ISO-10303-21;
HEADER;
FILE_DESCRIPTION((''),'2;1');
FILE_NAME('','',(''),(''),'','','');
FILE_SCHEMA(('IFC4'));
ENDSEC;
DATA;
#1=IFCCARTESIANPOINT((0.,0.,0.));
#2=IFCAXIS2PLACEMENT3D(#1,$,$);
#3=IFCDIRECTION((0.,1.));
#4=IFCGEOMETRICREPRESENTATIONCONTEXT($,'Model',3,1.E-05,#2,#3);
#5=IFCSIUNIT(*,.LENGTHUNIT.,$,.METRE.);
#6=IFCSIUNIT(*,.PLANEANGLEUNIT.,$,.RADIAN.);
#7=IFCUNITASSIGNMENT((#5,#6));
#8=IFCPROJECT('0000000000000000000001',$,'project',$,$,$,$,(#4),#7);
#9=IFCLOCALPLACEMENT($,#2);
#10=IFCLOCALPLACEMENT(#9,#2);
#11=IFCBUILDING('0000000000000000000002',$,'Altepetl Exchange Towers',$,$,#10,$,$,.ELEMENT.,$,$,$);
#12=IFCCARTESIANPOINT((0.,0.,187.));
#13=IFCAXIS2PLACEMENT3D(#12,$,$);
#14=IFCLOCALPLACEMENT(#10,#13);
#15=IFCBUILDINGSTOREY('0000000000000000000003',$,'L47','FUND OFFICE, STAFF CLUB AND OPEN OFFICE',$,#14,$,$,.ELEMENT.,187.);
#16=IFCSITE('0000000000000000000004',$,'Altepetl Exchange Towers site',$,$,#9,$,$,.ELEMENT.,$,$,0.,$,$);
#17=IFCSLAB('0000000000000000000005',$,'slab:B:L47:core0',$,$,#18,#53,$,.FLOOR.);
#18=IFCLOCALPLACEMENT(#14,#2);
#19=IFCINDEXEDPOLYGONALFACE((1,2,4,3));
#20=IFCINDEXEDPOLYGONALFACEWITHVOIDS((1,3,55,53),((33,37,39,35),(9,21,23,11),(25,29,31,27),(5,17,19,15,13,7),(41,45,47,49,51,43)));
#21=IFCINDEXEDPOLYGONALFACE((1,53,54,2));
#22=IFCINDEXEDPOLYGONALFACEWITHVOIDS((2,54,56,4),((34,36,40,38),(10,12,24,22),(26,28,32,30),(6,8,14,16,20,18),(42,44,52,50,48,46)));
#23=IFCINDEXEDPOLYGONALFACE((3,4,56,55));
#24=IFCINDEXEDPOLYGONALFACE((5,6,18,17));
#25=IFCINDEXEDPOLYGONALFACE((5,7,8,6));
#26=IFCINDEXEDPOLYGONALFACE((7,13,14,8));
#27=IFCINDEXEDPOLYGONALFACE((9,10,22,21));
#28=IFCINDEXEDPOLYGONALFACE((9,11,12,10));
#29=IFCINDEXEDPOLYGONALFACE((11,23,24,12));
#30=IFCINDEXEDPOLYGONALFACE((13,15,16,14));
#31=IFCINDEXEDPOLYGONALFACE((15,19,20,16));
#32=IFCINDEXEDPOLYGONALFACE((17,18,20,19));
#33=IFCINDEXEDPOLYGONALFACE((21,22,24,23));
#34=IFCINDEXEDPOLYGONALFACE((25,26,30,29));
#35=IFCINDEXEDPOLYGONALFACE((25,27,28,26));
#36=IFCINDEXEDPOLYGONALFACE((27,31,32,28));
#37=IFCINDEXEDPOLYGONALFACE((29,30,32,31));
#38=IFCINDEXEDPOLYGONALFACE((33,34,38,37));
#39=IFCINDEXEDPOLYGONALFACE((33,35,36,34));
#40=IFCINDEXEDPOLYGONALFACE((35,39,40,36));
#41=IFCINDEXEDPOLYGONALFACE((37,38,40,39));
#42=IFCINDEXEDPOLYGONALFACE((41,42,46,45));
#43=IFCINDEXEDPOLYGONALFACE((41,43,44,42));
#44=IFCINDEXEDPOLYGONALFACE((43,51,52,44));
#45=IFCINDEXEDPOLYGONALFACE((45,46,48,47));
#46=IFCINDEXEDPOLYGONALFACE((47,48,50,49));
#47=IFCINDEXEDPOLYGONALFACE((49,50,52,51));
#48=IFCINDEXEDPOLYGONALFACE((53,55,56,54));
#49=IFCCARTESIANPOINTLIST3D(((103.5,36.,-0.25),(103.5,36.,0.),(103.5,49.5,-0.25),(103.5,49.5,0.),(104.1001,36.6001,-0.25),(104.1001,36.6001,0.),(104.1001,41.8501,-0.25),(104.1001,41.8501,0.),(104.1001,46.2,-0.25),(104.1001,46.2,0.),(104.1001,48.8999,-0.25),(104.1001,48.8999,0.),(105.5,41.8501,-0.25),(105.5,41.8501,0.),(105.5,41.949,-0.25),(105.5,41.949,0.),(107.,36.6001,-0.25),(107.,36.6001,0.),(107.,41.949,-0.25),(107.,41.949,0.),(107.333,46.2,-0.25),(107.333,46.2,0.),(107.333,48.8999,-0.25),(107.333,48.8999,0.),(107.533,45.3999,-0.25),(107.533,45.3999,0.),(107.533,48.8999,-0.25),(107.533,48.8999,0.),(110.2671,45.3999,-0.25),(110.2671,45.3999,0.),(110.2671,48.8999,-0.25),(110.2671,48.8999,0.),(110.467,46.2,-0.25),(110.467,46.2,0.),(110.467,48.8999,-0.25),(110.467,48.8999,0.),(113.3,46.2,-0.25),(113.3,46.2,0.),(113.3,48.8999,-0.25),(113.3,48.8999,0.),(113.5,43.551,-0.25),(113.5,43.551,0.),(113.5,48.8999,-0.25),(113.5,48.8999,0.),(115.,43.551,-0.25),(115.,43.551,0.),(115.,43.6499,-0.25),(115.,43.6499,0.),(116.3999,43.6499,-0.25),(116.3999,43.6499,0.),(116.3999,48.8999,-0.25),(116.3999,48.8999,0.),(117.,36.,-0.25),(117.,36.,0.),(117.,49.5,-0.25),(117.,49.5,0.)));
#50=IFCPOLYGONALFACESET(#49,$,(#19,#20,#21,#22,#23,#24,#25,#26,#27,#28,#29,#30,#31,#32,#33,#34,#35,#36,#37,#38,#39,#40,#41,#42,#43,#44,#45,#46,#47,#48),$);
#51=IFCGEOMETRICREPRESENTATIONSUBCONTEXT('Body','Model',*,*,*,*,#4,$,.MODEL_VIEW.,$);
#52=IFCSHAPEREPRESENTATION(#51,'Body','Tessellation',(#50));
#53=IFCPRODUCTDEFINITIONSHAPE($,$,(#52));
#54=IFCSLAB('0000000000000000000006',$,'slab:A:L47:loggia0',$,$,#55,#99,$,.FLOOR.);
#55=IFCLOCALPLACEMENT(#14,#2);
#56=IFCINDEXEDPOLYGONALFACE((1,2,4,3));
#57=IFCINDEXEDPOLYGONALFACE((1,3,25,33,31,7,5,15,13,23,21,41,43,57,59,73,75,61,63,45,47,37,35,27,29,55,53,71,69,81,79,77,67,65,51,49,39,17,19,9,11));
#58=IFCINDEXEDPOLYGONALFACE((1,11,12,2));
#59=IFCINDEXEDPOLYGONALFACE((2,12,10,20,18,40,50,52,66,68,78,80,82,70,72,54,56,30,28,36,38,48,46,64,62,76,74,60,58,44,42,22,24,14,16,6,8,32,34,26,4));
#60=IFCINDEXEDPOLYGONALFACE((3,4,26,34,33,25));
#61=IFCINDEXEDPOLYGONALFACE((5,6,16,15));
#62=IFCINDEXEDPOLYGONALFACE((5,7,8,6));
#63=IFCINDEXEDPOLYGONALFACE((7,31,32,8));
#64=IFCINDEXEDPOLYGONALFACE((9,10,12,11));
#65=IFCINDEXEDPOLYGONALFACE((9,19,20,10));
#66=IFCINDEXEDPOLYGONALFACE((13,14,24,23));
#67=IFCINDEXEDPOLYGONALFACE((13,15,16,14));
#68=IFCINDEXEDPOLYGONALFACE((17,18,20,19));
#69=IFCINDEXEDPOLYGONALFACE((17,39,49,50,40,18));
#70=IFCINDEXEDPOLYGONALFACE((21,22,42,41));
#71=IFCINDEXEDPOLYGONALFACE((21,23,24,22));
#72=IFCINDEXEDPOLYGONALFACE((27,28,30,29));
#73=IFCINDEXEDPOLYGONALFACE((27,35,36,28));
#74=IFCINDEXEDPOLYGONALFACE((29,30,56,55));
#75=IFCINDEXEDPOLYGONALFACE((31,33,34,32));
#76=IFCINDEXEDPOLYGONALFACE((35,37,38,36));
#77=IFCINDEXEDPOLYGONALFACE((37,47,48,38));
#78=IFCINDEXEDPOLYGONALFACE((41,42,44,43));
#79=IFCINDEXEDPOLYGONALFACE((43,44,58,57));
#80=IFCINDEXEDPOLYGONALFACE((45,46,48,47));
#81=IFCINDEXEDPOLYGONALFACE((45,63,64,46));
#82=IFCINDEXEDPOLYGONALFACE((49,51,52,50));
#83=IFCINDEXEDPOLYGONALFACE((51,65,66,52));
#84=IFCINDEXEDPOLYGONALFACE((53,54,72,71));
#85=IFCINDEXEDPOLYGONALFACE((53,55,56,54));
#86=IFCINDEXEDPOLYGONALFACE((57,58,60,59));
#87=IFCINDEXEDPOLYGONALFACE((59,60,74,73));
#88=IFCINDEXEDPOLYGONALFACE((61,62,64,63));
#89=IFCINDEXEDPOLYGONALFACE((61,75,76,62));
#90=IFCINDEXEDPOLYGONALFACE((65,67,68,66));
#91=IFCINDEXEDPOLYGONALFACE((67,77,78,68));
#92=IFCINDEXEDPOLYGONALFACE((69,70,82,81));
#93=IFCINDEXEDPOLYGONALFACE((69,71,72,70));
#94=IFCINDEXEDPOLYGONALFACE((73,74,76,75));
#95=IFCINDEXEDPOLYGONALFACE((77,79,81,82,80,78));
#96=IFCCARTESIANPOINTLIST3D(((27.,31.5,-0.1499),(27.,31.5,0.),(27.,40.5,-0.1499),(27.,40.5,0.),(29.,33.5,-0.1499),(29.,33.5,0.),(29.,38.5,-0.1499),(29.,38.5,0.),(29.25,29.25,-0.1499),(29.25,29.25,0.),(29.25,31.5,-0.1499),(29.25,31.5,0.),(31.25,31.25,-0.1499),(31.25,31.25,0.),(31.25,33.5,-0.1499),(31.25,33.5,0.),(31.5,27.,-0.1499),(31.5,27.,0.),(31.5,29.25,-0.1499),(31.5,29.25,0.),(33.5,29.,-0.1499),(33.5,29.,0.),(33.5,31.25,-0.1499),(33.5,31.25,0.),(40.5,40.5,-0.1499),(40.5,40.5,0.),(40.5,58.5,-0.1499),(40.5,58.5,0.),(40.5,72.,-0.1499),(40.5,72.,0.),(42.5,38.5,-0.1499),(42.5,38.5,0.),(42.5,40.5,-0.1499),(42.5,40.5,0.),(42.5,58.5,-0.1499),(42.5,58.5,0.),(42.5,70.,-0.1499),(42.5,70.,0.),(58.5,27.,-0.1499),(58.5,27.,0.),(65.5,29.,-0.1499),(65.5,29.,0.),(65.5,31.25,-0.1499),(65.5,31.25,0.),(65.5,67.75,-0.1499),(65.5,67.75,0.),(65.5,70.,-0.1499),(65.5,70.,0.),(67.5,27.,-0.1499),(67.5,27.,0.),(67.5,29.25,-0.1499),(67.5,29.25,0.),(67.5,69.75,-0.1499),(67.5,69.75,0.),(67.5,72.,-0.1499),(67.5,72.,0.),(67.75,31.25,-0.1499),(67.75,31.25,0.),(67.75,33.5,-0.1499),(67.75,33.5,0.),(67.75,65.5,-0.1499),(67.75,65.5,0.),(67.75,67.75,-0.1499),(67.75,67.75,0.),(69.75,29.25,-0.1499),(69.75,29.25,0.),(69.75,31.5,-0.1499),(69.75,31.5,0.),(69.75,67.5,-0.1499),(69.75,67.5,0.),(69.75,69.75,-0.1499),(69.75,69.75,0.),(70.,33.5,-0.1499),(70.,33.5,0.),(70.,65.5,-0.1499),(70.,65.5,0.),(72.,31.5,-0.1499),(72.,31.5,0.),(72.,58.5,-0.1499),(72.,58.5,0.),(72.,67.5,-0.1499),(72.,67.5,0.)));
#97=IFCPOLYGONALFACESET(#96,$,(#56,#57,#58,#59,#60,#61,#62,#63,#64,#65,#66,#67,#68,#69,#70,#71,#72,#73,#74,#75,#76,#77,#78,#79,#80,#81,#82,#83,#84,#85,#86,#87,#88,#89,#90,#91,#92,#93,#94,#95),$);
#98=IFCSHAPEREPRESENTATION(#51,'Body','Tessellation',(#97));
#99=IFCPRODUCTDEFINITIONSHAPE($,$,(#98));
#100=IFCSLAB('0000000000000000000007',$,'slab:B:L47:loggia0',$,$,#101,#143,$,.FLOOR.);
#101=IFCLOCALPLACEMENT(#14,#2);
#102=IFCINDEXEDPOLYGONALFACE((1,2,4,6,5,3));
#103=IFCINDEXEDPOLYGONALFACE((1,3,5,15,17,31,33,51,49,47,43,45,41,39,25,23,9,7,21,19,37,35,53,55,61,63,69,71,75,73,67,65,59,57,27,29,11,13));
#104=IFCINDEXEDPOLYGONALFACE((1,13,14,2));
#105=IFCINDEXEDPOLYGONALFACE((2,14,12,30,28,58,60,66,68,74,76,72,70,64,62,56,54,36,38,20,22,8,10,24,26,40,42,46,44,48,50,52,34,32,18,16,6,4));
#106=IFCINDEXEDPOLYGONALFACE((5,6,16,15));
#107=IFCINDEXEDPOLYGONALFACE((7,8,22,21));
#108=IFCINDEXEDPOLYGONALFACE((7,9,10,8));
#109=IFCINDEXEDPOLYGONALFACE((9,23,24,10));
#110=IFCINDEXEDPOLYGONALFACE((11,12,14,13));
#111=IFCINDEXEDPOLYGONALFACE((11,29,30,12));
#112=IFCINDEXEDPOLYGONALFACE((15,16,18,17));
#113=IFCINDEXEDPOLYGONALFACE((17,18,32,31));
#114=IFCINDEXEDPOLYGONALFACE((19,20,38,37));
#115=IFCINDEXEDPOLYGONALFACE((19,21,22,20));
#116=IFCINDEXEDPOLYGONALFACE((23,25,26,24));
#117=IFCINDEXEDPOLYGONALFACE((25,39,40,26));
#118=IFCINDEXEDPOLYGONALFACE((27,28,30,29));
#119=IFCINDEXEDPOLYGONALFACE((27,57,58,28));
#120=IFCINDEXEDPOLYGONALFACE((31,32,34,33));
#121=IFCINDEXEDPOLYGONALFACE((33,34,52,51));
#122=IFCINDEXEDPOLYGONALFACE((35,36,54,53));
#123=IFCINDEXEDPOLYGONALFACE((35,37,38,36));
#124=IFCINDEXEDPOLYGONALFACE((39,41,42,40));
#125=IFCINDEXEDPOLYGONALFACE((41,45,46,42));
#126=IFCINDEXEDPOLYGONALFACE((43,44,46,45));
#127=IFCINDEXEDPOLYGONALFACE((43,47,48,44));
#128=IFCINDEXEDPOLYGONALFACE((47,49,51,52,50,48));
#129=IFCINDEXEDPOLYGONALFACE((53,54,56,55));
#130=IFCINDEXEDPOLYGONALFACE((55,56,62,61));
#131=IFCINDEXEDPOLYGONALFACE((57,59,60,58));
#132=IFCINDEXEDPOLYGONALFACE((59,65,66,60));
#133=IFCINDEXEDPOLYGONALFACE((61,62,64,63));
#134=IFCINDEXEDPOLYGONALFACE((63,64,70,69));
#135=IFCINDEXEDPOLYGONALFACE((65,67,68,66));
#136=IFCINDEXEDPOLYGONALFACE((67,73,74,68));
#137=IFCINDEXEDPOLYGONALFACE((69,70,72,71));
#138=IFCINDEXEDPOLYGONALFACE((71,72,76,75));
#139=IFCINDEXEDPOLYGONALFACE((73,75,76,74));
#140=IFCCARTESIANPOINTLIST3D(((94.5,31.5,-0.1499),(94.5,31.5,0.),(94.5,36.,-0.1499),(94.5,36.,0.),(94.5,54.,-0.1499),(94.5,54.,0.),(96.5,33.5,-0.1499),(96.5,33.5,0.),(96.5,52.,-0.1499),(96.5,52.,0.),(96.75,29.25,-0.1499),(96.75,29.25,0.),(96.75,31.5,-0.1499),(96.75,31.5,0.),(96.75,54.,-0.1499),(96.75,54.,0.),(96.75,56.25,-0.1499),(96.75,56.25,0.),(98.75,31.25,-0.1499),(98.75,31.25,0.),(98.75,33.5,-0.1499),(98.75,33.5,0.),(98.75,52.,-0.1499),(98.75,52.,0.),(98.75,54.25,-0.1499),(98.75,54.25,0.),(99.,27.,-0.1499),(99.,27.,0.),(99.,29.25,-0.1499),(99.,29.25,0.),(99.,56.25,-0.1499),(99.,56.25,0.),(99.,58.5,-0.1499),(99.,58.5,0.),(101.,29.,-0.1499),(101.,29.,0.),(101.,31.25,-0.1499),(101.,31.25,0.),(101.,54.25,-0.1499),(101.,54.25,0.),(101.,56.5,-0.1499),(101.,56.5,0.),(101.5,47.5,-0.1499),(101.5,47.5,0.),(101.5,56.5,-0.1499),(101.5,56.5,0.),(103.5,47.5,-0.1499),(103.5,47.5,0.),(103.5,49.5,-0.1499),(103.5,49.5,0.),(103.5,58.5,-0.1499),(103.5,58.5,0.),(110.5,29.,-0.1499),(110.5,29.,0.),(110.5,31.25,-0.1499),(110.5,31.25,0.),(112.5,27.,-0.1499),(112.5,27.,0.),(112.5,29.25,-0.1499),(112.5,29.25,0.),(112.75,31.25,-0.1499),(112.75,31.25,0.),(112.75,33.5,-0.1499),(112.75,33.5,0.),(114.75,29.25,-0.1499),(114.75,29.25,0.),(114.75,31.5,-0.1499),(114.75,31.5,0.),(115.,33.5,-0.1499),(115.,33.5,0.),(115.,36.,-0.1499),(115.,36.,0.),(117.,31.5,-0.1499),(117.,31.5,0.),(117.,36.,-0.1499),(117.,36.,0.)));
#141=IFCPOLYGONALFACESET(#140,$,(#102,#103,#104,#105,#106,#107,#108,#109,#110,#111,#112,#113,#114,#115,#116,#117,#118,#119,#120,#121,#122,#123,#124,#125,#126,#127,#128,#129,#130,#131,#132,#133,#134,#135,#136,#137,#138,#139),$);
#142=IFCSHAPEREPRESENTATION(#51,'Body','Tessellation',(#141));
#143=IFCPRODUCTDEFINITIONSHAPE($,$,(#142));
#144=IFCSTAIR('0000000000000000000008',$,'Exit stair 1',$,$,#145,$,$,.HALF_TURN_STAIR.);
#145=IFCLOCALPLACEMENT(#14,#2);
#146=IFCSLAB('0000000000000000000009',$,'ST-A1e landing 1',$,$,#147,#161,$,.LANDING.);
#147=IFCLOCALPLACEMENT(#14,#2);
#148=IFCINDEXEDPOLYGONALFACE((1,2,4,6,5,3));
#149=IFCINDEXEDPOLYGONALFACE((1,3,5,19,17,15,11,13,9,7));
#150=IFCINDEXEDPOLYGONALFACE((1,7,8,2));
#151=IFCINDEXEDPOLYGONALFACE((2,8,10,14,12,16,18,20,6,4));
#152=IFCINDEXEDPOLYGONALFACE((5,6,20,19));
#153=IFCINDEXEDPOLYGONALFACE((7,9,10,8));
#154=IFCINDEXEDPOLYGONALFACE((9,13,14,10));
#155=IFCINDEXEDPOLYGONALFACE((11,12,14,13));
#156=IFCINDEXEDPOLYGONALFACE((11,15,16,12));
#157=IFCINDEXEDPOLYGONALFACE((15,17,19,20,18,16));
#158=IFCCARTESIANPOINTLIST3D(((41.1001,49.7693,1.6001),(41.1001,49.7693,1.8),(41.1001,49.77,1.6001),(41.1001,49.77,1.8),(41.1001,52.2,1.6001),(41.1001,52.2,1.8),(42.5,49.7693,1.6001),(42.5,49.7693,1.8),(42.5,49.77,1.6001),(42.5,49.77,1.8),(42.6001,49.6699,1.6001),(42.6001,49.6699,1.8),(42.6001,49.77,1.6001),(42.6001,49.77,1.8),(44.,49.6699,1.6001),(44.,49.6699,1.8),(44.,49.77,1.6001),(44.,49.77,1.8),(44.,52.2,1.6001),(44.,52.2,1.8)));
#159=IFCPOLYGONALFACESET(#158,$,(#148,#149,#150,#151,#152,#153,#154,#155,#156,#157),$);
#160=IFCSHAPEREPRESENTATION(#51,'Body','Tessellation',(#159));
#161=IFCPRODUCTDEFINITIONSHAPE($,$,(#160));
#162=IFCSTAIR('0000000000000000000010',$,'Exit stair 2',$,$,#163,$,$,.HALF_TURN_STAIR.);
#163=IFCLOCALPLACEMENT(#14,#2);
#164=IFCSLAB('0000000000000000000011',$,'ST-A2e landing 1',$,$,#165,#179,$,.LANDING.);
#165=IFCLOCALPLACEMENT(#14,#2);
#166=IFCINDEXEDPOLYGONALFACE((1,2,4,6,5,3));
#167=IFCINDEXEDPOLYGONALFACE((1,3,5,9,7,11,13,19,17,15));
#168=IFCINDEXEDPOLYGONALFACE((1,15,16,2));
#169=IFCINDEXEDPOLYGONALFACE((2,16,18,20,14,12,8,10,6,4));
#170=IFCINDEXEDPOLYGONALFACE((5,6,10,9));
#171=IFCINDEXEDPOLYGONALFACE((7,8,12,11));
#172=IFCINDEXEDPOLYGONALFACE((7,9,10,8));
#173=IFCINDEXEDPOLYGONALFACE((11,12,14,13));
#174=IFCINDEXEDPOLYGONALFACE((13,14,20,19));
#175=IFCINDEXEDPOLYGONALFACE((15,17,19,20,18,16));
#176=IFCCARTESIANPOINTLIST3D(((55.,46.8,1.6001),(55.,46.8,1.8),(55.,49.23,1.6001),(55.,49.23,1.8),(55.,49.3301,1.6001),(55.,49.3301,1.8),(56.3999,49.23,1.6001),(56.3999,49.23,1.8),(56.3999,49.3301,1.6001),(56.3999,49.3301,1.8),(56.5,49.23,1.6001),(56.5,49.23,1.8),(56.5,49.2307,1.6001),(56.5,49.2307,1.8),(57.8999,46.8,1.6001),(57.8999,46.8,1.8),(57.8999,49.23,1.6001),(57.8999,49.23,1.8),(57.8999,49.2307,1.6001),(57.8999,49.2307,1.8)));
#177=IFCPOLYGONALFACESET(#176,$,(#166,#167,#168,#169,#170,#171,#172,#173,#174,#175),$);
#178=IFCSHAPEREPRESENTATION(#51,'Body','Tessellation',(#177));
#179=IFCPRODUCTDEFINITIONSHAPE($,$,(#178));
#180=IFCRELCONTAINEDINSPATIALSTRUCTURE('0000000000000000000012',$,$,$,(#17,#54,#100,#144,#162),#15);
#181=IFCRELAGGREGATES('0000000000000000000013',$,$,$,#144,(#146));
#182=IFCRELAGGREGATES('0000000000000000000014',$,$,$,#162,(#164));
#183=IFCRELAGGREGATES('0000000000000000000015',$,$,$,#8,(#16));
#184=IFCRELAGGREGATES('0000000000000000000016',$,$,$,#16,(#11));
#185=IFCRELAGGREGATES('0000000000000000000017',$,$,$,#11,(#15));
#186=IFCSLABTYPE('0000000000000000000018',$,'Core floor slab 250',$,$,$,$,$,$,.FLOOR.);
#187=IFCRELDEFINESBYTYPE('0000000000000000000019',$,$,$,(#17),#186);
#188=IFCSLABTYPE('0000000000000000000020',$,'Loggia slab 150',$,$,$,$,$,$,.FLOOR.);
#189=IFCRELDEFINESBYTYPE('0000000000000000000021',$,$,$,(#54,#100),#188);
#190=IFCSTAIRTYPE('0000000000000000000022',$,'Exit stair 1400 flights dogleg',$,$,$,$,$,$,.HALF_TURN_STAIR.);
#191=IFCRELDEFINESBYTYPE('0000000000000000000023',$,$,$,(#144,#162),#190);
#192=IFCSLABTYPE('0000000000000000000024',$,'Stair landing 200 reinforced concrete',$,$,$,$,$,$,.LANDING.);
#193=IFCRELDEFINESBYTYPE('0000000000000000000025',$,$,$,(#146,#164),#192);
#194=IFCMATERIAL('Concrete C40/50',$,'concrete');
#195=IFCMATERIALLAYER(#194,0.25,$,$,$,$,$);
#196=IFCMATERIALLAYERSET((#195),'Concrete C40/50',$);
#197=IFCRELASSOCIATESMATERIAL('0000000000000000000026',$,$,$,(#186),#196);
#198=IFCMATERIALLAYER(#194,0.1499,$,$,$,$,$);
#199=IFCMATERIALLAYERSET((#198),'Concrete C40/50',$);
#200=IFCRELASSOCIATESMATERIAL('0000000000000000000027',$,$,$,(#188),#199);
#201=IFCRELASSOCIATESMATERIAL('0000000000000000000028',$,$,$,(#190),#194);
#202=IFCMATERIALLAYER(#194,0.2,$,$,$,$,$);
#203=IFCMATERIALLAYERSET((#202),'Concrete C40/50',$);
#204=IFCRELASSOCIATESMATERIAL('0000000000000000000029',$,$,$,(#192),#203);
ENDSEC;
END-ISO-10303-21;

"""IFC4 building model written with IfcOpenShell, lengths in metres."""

from ifc_helpers import new_model, si_unit, direction, frame, origin, place, context, subcontext, project, spatial, polyline, outline, extrude, material, layer, layer_set, type_object, element, aggregate, save


model = new_model("IFC4")

# Units and contexts
model_context = context("Model", 3, precision=1e-05, world=origin(), true_north=direction((0.0, 1.0)))
body_context = subcontext(model_context, "Body", "Model", "MODEL_VIEW")
ifc_project = project(units=[si_unit("LENGTHUNIT", "METRE"), si_unit("PLANEANGLEUNIT", "RADIAN")], contexts=[model_context])

# Site, building, storey
site_placement = place(None, origin())
site = spatial("IfcSite", under=ifc_project, at=site_placement, Name="Altepetl Exchange Towers site", CompositionType="ELEMENT", RefElevation=0.0)
building_placement = place(site_placement, origin())
building = spatial("IfcBuilding", under=site, at=building_placement, Name="Altepetl Exchange Towers", CompositionType="ELEMENT")
storey_placement = place(building_placement, frame((0.0, 0.0, 187.0)))
storey = spatial("IfcBuildingStorey", under=building, at=storey_placement, Name="L47", Description="FUND OFFICE, STAFF CLUB AND OPEN OFFICE", CompositionType="ELEMENT", Elevation=187.0)

# Slabs
ifc_material_1 = material(Name="Concrete C40/50", Category="concrete")
ifc_layer_1 = layer(ifc_material_1, 0.25)
ifc_layer_set_1 = layer_set([ifc_layer_1], Name="Concrete C40/50")
slab_type_1 = type_object("IfcSlabType", Name="Core floor slab 250", PredefinedType="FLOOR", material=ifc_layer_set_1)
slab_1_placement = place(storey_placement, frame((0.0, 0.0, -0.25)))
element("IfcSlab", 1, at=slab_1_placement, inside=storey, type_object=slab_type_1, Name="slab:B:L47:core0", PredefinedType="FLOOR", context=body_context, shape_type="SweptSolid", body=[
    extrude(outline(polyline([(103.5, 36.0), (117.0, 36.0), (117.0, 49.5), (103.5, 49.5), (103.5, 36.0)]), holes=[polyline([(107.0, 36.6001), (104.1001, 36.6001), (104.1001, 41.8501), (105.5, 41.8501), (105.5, 41.949), (107.0, 41.949), (107.0, 36.6001)]), polyline([(113.5, 48.8999), (116.3999, 48.8999), (116.3999, 43.6499), (115.0, 43.6499), (115.0, 43.551), (113.5, 43.551), (113.5, 48.8999)]), polyline([(107.533, 45.3999), (107.533, 48.8999), (110.2671, 48.8999), (110.2671, 45.3999), (107.533, 45.3999)]), polyline([(104.1001, 48.8999), (107.333, 48.8999), (107.333, 46.2), (104.1001, 46.2), (104.1001, 48.8999)]), polyline([(110.467, 48.8999), (113.3, 48.8999), (113.3, 46.2), (110.467, 46.2), (110.467, 48.8999)])]), origin(), (0.0, 0.0, 1.0), 0.25),
])
ifc_layer_2 = layer(ifc_material_1, 0.1499)
ifc_layer_set_2 = layer_set([ifc_layer_2], Name="Concrete C40/50")
slab_type_2 = type_object("IfcSlabType", Name="Loggia slab 150", PredefinedType="FLOOR", material=ifc_layer_set_2)
slab_2_placement = place(storey_placement, frame((0.0, 0.0, -0.1499)))
element("IfcSlab", 2, at=slab_2_placement, inside=storey, type_object=slab_type_2, Name="slab:A:L47:loggia0", PredefinedType="FLOOR", context=body_context, shape_type="SweptSolid", body=[
    extrude(outline(polyline([(40.5, 72.0), (40.5, 58.5), (42.5, 58.5), (42.5, 70.0), (65.5, 70.0), (65.5, 67.75), (67.75, 67.75), (67.75, 65.5), (70.0, 65.5), (70.0, 33.5), (67.75, 33.5), (67.75, 31.25), (65.5, 31.25), (65.5, 29.0), (33.5, 29.0), (33.5, 31.25), (31.25, 31.25), (31.25, 33.5), (29.0, 33.5), (29.0, 38.5), (42.5, 38.5), (42.5, 40.5), (40.5, 40.5), (27.0, 40.5), (27.0, 31.5), (29.25, 31.5), (29.25, 29.25), (31.5, 29.25), (31.5, 27.0), (58.5, 27.0), (67.5, 27.0), (67.5, 29.25), (69.75, 29.25), (69.75, 31.5), (72.0, 31.5), (72.0, 58.5), (72.0, 67.5), (69.75, 67.5), (69.75, 69.75), (67.5, 69.75), (67.5, 72.0), (40.5, 72.0)])), origin(), (0.0, 0.0, 1.0), 0.1499),
])
slab_3_placement = place(storey_placement, frame((0.0, 0.0, -0.1499)))
element("IfcSlab", 3, at=slab_3_placement, inside=storey, type_object=slab_type_2, Name="slab:B:L47:loggia0", PredefinedType="FLOOR", context=body_context, shape_type="SweptSolid", body=[
    extrude(outline(polyline([(99.0, 29.25), (99.0, 27.0), (112.5, 27.0), (112.5, 29.25), (114.75, 29.25), (114.75, 31.5), (117.0, 31.5), (117.0, 36.0), (115.0, 36.0), (115.0, 33.5), (112.75, 33.5), (112.75, 31.25), (110.5, 31.25), (110.5, 29.0), (101.0, 29.0), (101.0, 31.25), (98.75, 31.25), (98.75, 33.5), (96.5, 33.5), (96.5, 52.0), (98.75, 52.0), (98.75, 54.25), (101.0, 54.25), (101.0, 56.5), (101.5, 56.5), (101.5, 47.5), (103.5, 47.5), (103.5, 49.5), (103.5, 58.5), (99.0, 58.5), (99.0, 56.25), (96.75, 56.25), (96.75, 54.0), (94.5, 54.0), (94.5, 36.0), (94.5, 31.5), (96.75, 31.5), (96.75, 29.25), (99.0, 29.25)])), origin(), (0.0, 0.0, 1.0), 0.1499),
])

# Stairs, slabs
stair_type = type_object("IfcStairType", Name="Exit stair 1400 flights dogleg", PredefinedType="HALF_TURN_STAIR", material=ifc_material_1)
stair_1_placement = place(storey_placement, origin())
stair_1 = element("IfcStair", 4, at=stair_1_placement, inside=storey, type_object=stair_type, Name="Exit stair 1", PredefinedType="HALF_TURN_STAIR")
ifc_layer_3 = layer(ifc_material_1, 0.2)
ifc_layer_set_3 = layer_set([ifc_layer_3], Name="Concrete C40/50")
slab_type_3 = type_object("IfcSlabType", Name="Stair landing 200 reinforced concrete", PredefinedType="LANDING", material=ifc_layer_set_3)
slab_4_placement = place(storey_placement, frame((0.0, 0.0, 1.6001)))
slab_4 = element("IfcSlab", 5, at=slab_4_placement, type_object=slab_type_3, Name="ST-A1e landing 1", PredefinedType="LANDING", context=body_context, shape_type="SweptSolid", body=[
    extrude(outline(polyline([(44.0, 49.6699), (42.6001, 49.6699), (42.6001, 49.77), (42.5, 49.77), (42.5, 49.7693), (41.1001, 49.7693), (41.1001, 49.77), (41.1001, 52.2), (44.0, 52.2), (44.0, 49.77), (44.0, 49.6699)])), origin(), (0.0, 0.0, 1.0), 0.2),
])
aggregate(stair_1, [slab_4])
stair_2_placement = place(storey_placement, origin())
stair_2 = element("IfcStair", 6, at=stair_2_placement, inside=storey, type_object=stair_type, Name="Exit stair 2", PredefinedType="HALF_TURN_STAIR")
slab_5_placement = place(storey_placement, frame((0.0, 0.0, 1.6001)))
slab_5 = element("IfcSlab", 7, at=slab_5_placement, type_object=slab_type_3, Name="ST-A2e landing 1", PredefinedType="LANDING", context=body_context, shape_type="SweptSolid", body=[
    extrude(outline(polyline([(57.8999, 46.8), (55.0, 46.8), (55.0, 49.23), (55.0, 49.3301), (56.3999, 49.3301), (56.3999, 49.23), (56.5, 49.23), (56.5, 49.2307), (57.8999, 49.2307), (57.8999, 49.23), (57.8999, 46.8)])), origin(), (0.0, 0.0, 1.0), 0.2),
])
aggregate(stair_2, [slab_5])

save(model, "model.ifc")
